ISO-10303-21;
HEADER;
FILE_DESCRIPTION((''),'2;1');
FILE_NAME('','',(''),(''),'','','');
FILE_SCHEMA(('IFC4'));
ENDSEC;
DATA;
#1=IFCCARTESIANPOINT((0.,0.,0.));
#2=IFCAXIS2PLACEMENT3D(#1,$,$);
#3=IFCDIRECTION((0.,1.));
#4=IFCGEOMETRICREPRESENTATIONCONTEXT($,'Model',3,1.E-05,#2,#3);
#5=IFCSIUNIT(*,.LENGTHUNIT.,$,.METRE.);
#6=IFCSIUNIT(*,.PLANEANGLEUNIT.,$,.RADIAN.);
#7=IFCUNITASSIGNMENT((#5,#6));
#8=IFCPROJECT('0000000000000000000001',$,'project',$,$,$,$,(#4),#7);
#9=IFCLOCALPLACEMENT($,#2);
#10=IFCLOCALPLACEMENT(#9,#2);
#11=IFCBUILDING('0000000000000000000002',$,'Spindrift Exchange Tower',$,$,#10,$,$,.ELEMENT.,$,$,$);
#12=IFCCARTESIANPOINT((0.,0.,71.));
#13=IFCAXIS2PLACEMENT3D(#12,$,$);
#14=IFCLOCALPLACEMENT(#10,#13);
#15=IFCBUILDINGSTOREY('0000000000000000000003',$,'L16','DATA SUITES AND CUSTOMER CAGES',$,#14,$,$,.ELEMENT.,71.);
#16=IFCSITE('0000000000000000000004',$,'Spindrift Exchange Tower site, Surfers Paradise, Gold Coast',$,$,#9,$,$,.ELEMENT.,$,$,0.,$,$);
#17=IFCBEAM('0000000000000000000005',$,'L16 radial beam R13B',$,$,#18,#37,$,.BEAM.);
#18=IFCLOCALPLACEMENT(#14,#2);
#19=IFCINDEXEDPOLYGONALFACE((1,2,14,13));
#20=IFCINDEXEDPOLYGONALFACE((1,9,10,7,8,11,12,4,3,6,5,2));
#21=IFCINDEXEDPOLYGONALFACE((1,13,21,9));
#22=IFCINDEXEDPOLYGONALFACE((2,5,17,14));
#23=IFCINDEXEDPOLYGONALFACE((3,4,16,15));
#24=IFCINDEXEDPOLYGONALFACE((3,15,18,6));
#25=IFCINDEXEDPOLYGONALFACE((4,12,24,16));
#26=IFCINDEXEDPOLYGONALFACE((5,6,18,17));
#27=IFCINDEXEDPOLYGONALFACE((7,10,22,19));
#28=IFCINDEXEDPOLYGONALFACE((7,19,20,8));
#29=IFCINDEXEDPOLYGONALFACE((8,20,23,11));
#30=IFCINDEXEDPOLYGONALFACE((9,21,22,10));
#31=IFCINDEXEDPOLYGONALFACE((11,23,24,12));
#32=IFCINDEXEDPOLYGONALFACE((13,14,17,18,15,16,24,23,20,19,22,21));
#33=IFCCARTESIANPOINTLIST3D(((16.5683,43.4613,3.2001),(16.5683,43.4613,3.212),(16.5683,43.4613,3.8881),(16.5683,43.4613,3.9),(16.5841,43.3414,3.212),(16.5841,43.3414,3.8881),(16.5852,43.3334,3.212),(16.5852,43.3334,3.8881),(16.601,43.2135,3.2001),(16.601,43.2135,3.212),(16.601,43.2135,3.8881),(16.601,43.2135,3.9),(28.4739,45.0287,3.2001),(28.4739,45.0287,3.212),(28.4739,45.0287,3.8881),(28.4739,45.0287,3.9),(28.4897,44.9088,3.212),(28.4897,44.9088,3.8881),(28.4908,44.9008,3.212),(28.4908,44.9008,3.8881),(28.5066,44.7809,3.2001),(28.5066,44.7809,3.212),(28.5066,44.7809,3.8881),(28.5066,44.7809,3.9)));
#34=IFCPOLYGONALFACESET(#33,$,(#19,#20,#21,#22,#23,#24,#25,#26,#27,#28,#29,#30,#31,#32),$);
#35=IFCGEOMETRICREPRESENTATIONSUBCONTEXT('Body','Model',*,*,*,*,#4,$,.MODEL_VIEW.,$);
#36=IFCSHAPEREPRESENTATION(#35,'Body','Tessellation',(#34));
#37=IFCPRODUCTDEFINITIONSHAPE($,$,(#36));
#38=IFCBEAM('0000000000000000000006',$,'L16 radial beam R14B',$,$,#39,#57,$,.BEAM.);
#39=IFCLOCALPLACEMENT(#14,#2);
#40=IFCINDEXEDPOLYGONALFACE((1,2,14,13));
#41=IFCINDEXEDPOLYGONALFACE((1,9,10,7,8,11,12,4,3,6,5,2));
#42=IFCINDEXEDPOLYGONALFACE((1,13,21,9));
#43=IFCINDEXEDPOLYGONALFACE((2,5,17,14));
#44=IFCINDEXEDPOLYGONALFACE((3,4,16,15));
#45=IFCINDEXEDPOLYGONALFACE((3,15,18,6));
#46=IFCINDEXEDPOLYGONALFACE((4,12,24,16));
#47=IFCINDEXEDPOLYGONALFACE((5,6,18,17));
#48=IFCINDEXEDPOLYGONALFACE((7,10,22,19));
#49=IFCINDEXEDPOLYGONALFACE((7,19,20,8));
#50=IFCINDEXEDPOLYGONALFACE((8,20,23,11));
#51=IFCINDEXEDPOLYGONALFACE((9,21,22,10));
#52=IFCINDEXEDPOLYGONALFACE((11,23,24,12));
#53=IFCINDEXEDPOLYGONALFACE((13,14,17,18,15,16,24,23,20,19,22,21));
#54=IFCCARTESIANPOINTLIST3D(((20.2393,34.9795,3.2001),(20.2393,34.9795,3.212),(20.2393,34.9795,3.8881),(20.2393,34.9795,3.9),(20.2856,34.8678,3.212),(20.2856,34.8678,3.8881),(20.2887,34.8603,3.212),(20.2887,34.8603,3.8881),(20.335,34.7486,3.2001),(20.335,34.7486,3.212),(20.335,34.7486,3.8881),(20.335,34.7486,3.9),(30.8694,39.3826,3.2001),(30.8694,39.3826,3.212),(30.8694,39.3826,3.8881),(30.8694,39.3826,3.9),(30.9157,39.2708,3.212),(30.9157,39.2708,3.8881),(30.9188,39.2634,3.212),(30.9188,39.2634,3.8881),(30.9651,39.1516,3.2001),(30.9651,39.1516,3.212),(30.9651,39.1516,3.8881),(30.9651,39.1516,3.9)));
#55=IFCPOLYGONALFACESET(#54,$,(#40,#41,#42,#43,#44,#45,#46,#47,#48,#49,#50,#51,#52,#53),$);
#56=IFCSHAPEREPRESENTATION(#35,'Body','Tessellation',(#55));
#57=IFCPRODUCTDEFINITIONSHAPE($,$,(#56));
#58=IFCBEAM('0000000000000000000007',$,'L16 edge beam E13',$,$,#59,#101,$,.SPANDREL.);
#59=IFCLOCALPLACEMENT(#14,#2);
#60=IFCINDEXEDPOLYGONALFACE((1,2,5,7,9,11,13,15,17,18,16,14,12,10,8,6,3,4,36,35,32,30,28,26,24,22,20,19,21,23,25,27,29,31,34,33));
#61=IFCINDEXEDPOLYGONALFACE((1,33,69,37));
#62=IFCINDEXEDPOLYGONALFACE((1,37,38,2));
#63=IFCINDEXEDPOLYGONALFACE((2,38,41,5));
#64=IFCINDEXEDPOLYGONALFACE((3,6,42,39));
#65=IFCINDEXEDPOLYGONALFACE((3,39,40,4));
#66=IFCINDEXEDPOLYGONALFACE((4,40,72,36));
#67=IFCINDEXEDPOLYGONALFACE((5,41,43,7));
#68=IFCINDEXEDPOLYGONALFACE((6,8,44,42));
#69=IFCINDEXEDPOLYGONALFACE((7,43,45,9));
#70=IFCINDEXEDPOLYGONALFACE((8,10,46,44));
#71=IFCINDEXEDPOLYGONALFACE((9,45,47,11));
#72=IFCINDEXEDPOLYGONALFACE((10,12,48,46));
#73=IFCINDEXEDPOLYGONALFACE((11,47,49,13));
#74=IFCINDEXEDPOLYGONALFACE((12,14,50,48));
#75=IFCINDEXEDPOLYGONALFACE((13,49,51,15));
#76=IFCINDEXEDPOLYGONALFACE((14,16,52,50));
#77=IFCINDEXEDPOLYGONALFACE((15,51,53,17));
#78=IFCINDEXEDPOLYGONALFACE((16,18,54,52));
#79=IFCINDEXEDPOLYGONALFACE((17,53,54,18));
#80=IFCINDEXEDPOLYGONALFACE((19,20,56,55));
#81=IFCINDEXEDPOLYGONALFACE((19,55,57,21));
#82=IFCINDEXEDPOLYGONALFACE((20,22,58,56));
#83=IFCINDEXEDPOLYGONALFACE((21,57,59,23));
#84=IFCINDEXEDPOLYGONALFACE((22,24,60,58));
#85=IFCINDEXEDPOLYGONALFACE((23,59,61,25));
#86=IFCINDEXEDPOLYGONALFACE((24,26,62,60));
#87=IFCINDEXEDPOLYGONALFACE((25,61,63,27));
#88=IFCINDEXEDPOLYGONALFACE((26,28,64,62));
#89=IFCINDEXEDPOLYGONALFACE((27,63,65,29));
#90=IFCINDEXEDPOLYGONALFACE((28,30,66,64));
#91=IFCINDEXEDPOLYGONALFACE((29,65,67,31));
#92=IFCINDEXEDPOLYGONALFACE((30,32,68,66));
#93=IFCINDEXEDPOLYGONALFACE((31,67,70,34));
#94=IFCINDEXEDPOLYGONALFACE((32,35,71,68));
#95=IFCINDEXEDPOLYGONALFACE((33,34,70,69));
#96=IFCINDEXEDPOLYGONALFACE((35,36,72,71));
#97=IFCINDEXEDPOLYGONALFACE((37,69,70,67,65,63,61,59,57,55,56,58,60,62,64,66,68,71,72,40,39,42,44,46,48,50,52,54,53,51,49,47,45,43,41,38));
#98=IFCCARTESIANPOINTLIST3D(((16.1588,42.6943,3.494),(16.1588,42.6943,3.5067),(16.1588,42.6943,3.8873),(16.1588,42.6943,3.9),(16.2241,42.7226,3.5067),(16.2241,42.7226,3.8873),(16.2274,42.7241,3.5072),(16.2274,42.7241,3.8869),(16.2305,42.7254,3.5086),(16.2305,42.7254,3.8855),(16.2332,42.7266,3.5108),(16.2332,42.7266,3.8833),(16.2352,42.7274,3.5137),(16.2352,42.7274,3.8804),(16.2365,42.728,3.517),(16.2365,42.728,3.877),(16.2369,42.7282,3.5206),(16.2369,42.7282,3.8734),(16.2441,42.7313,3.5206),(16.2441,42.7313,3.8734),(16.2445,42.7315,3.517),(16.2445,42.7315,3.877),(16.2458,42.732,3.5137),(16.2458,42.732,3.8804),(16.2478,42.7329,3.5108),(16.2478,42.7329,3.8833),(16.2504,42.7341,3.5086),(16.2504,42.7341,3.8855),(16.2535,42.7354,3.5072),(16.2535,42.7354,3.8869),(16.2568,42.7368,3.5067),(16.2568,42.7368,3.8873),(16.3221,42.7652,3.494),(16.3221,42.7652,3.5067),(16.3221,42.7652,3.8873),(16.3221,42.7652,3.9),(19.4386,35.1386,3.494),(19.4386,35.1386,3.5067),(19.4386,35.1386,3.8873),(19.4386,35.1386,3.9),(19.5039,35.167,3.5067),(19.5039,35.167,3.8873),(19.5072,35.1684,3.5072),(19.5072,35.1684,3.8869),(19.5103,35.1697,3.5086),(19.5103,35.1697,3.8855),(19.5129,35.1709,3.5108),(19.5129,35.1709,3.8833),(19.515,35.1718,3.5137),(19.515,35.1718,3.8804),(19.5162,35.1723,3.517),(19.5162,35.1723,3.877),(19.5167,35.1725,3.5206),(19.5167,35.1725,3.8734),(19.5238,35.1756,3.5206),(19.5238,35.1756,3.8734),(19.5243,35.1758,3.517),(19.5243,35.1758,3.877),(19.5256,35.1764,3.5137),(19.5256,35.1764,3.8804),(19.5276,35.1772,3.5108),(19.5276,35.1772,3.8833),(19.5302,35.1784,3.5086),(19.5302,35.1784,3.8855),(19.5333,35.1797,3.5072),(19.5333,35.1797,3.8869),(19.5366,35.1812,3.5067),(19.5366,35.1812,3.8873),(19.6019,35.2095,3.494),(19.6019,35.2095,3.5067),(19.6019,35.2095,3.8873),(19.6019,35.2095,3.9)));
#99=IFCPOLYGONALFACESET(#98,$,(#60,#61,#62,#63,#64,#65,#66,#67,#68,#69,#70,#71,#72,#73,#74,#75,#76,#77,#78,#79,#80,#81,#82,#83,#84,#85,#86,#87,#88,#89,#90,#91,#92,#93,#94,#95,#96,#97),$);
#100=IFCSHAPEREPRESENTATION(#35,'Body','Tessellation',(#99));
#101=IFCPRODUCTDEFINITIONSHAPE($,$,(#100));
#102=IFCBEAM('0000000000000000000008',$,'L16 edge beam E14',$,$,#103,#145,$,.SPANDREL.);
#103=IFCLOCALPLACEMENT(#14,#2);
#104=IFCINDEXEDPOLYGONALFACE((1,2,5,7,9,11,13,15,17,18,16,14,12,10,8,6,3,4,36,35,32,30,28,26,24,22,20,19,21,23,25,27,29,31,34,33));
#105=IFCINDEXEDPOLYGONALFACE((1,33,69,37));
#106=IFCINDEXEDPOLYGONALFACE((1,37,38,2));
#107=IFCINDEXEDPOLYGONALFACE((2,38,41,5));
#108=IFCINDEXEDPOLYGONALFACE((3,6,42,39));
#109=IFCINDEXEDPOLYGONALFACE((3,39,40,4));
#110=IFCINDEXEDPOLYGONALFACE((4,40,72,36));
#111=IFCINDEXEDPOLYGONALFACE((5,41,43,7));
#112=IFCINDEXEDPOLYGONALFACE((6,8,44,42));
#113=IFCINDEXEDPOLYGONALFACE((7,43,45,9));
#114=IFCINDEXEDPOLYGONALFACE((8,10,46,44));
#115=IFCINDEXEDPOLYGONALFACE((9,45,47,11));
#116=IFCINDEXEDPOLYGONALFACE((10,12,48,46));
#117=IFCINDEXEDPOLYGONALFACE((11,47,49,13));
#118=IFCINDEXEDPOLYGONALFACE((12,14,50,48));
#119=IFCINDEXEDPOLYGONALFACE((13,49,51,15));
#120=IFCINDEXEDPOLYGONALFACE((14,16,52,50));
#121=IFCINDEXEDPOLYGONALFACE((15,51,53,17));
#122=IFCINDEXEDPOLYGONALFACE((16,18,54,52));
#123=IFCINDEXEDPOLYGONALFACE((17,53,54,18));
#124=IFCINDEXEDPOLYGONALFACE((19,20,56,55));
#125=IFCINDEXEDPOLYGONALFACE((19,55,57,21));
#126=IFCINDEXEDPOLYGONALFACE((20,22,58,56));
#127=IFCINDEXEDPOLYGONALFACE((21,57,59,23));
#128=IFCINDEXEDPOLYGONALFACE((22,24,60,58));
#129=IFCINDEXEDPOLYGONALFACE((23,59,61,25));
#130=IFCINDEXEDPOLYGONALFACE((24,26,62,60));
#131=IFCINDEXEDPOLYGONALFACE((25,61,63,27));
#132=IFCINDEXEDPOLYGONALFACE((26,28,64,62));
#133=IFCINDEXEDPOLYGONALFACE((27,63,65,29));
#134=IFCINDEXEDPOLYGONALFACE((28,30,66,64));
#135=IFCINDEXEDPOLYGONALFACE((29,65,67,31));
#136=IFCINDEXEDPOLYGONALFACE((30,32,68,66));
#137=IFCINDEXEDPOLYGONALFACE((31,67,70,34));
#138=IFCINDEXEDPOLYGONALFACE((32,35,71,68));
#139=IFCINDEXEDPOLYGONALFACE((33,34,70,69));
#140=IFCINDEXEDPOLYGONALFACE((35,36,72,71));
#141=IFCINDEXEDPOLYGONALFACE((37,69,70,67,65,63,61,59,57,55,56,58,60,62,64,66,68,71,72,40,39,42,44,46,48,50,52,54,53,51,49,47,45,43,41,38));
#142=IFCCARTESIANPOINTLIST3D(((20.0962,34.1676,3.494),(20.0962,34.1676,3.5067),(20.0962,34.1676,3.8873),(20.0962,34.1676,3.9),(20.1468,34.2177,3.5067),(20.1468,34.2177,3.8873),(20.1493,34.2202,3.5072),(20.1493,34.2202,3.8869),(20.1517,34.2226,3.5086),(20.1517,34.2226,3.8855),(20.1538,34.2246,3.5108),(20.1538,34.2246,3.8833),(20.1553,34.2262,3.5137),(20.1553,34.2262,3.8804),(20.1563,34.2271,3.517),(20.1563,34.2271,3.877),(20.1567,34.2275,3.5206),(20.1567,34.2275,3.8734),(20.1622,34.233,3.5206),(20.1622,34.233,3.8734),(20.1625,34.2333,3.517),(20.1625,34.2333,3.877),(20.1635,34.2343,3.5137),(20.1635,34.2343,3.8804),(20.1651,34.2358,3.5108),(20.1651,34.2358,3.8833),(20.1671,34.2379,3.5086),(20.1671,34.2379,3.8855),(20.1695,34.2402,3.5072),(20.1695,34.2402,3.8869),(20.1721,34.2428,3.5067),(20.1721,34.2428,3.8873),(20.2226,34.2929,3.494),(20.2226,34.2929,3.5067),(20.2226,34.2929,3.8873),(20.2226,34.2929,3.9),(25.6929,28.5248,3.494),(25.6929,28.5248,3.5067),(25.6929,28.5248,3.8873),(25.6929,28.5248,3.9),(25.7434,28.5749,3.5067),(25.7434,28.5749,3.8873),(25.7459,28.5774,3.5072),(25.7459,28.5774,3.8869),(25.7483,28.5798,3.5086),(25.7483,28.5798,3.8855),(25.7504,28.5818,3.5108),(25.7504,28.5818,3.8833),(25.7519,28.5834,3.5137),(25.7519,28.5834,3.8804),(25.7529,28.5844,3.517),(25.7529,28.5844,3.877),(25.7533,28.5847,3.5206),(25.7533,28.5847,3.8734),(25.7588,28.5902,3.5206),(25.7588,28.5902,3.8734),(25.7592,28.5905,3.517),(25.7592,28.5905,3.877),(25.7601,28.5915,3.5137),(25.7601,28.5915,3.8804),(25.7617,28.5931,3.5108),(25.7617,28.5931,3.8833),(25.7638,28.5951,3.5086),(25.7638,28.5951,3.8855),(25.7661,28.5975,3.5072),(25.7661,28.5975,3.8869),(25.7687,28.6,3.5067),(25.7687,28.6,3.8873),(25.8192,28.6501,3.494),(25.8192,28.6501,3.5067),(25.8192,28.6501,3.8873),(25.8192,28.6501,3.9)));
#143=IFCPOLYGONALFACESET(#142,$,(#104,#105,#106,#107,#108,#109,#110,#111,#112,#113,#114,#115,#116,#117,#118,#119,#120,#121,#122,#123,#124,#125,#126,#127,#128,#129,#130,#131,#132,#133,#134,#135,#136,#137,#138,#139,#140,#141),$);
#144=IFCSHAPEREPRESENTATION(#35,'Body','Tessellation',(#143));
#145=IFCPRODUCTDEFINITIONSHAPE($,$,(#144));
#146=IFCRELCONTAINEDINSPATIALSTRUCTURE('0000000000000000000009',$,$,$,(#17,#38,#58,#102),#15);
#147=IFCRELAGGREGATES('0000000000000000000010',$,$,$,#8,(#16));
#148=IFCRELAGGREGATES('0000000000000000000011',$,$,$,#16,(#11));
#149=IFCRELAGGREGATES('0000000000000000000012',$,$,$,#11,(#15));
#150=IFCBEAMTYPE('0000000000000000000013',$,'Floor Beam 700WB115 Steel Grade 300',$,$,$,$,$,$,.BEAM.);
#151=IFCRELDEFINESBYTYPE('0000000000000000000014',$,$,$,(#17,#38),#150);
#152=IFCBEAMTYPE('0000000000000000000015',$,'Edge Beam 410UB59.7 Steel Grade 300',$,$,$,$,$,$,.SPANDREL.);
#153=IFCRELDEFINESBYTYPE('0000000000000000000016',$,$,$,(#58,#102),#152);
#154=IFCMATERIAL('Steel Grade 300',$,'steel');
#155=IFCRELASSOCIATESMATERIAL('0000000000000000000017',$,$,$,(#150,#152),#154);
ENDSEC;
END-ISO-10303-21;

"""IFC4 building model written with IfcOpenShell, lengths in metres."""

from ifc_helpers import new_model, si_unit, direction, frame, origin, origin_2d, place, context, subcontext, project, spatial, i_section, extrude, source, transform, mapped, material, material_profile, profile_set, type_object, element, save


model = new_model("IFC4")

# Units and contexts
model_context = context("Model", 3, precision=1e-05, world=origin(), true_north=direction((0.0, 1.0)))
body_context = subcontext(model_context, "Body", "Model", "MODEL_VIEW")
ifc_project = project(units=[si_unit("LENGTHUNIT", "METRE"), si_unit("PLANEANGLEUNIT", "RADIAN")], contexts=[model_context])

# Site, building, storey
site_placement = place(None, origin())
site = spatial("IfcSite", under=ifc_project, at=site_placement, Name="Spindrift Exchange Tower site, Surfers Paradise, Gold Coast", CompositionType="ELEMENT", RefElevation=0.0)
building_placement = place(site_placement, origin())
building = spatial("IfcBuilding", under=site, at=building_placement, Name="Spindrift Exchange Tower", CompositionType="ELEMENT")
storey_placement = place(building_placement, frame((0.0, 0.0, 71.0)))
storey = spatial("IfcBuildingStorey", under=building, at=storey_placement, Name="L16", Description="DATA SUITES AND CUSTOMER CAGES", CompositionType="ELEMENT", Elevation=71.0)

# Beams
ifc_material_1 = material(Name="Steel Grade 300", Category="steel")
ifc_material_profile_1 = material_profile(ifc_material_1, i_section(OverallWidth=0.25, OverallDepth=0.7, WebThickness=0.0081, FlangeThickness=0.012, at=origin_2d()), Name="700WB115")
ifc_profile_set_1 = profile_set([ifc_material_profile_1], Name="Steel Grade 300")
beam_type_1 = type_object("IfcBeamType", Name="Floor Beam 700WB115 Steel Grade 300", PredefinedType="BEAM", material=ifc_profile_set_1)
shared_shape_1 = source(origin(), body_context, "Body", "SweptSolid", [
    extrude(i_section(OverallWidth=0.25, OverallDepth=0.7, WebThickness=0.0081, FlangeThickness=0.012, at=origin_2d()), origin(), (0.0, 0.0, 1.0), 12.0083),
])
beam_1_placement = place(storey_placement, frame((28.4902, 44.9048, 3.55), z_axis=(-0.991445, -0.130526, 0.0), x_axis=(0.130526, -0.991445, 0.0)))
element("IfcBeam", 1, at=beam_1_placement, inside=storey, type_object=beam_type_1, Name="L16 radial beam R13B", PredefinedType="BEAM", context=body_context, shape_type="MappedRepresentation", body=[
    mapped(shared_shape_1, transform((0.0, 0.0, 0.0), scale=1.0)),
])
shared_shape_2 = source(origin(), body_context, "Body", "SweptSolid", [
    extrude(i_section(OverallWidth=0.25, OverallDepth=0.7, WebThickness=0.0081, FlangeThickness=0.012, at=origin_2d()), origin(), (0.0, 0.0, 1.0), 11.5059),
])
beam_2_placement = place(storey_placement, frame((30.9172, 39.2671, 3.55), z_axis=(-0.923882, -0.382678, 0.0), x_axis=(0.382678, -0.923882, 0.0)))
element("IfcBeam", 2, at=beam_2_placement, inside=storey, type_object=beam_type_1, Name="L16 radial beam R14B", PredefinedType="BEAM", context=body_context, shape_type="MappedRepresentation", body=[
    mapped(shared_shape_2, transform((0.0, 0.0, 0.0), scale=1.0)),
])
ifc_material_profile_2 = material_profile(ifc_material_1, i_section(OverallWidth=0.178, OverallDepth=0.406, WebThickness=0.0078, FlangeThickness=0.0127, FilletRadius=0.0139, at=origin_2d()), Name="410UB59.7")
ifc_profile_set_2 = profile_set([ifc_material_profile_2], Name="Steel Grade 300")
beam_type_2 = type_object("IfcBeamType", Name="Edge Beam 410UB59.7 Steel Grade 300", PredefinedType="SPANDREL", material=ifc_profile_set_2)
shared_shape_3 = source(origin(), body_context, "Body", "SweptSolid", [
    extrude(i_section(OverallWidth=0.178, OverallDepth=0.406, WebThickness=0.0078, FlangeThickness=0.0127, FilletRadius=0.0139, at=origin_2d()), origin(), (0.0, 0.0, 1.0), 8.2368),
])
beam_3_placement = place(storey_placement, frame((16.2405, 42.7297, 3.697), z_axis=(0.398186, -0.917305, 0.0), x_axis=(0.917305, 0.398186, 0.0)))
element("IfcBeam", 3, at=beam_3_placement, inside=storey, type_object=beam_type_2, Name="L16 edge beam E13", PredefinedType="SPANDREL", context=body_context, shape_type="MappedRepresentation", body=[
    mapped(shared_shape_3, transform((0.0, 0.0, 0.0), scale=1.0)),
])
shared_shape_4 = source(origin(), body_context, "Body", "SweptSolid", [
    extrude(i_section(OverallWidth=0.178, OverallDepth=0.406, WebThickness=0.0078, FlangeThickness=0.0127, FilletRadius=0.0139, at=origin_2d()), origin(), (0.0, 0.0, 1.0), 7.9475),
])
beam_4_placement = place(storey_placement, frame((20.1594, 34.2302, 3.697), z_axis=(0.704198, -0.710004, 0.0), x_axis=(0.710004, 0.704198, 0.0)))
element("IfcBeam", 4, at=beam_4_placement, inside=storey, type_object=beam_type_2, Name="L16 edge beam E14", PredefinedType="SPANDREL", context=body_context, shape_type="MappedRepresentation", body=[
    mapped(shared_shape_4, transform((0.0, 0.0, 0.0), scale=1.0)),
])

save(model, "model.ifc")
